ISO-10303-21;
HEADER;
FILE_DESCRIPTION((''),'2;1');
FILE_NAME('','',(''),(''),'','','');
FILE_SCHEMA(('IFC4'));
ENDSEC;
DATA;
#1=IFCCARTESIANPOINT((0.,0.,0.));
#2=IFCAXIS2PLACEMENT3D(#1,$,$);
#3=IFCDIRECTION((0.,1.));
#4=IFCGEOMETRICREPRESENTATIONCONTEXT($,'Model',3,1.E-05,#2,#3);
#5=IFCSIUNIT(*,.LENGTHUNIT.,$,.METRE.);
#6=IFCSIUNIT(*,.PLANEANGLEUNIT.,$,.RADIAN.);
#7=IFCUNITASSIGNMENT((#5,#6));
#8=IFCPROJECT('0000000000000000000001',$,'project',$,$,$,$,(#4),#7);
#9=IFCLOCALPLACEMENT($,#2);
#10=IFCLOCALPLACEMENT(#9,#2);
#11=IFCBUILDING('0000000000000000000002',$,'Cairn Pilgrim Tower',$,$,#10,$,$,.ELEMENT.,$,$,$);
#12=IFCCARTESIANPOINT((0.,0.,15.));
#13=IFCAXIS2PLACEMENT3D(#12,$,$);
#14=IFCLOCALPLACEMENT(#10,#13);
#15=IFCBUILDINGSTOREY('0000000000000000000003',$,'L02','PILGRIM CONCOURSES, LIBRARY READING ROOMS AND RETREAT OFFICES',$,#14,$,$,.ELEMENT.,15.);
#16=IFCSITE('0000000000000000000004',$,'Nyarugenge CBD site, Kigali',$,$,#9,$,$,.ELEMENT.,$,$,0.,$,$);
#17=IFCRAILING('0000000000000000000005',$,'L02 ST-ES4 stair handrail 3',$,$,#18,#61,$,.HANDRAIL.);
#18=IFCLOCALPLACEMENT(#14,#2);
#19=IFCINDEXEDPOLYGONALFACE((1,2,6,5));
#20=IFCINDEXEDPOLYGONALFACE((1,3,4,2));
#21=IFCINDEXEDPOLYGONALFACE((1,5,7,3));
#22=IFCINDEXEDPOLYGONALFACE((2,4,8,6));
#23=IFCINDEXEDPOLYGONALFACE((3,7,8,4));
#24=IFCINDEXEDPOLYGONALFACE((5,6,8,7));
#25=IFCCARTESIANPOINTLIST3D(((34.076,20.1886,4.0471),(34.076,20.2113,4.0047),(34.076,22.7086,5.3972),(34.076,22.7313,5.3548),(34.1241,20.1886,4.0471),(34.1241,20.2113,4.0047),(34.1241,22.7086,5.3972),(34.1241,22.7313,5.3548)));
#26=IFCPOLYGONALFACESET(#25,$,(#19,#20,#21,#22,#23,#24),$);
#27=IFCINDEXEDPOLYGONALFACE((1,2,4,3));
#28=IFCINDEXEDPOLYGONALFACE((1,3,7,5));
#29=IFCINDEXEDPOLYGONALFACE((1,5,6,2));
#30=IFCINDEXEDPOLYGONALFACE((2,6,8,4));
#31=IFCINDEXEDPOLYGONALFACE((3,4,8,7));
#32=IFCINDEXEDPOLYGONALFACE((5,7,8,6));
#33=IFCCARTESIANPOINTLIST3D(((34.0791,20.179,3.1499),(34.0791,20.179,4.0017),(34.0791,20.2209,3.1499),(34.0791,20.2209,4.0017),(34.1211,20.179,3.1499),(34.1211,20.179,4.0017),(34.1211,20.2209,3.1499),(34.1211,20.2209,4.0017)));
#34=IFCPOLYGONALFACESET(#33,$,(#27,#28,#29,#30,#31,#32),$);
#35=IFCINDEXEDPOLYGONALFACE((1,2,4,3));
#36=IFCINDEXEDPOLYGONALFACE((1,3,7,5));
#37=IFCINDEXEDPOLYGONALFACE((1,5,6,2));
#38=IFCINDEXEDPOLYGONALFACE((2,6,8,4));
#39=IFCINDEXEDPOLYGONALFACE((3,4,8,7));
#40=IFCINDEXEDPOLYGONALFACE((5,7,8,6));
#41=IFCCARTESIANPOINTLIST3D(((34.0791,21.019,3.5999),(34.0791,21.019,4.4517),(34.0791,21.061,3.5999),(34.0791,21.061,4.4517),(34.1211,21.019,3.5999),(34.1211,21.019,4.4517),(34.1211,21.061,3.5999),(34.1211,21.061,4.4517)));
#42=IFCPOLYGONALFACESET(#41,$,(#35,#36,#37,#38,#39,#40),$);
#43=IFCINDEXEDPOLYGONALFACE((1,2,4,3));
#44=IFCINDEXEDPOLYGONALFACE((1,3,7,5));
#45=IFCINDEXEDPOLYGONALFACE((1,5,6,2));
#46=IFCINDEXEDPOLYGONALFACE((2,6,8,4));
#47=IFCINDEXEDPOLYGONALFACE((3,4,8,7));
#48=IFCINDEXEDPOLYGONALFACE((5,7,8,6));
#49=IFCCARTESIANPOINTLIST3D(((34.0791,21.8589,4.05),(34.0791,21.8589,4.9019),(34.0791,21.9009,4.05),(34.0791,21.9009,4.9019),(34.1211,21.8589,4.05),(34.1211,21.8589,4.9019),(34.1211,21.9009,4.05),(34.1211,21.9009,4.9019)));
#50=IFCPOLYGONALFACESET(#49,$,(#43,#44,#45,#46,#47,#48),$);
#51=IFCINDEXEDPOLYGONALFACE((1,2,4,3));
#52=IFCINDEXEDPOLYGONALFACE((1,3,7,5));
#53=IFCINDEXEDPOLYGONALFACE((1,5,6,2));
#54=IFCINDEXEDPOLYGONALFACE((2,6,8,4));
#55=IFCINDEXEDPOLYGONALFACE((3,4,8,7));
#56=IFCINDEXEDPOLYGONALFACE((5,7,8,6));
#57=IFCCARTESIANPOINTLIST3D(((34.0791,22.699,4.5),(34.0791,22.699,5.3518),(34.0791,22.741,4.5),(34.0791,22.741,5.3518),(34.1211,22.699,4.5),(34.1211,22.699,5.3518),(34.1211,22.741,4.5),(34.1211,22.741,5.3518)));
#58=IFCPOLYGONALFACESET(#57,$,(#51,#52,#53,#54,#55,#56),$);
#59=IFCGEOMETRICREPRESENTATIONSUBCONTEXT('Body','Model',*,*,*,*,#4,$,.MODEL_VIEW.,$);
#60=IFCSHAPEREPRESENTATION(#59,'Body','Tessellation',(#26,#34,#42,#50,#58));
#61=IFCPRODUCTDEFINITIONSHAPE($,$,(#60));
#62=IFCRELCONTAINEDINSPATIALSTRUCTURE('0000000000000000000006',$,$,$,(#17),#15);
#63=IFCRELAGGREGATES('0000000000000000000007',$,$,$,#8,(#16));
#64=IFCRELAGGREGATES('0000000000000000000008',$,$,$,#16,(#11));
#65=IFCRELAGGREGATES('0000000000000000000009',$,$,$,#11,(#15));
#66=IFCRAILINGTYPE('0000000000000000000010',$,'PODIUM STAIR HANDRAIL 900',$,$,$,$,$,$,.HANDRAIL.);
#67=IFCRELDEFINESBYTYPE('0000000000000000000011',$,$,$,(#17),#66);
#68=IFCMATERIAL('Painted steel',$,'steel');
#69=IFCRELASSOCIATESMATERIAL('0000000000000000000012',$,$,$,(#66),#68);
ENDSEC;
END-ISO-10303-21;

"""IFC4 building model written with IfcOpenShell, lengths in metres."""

from ifc_helpers import new_model, si_unit, direction, frame, origin, origin_2d, place, context, subcontext, project, spatial, rectangle, extrude, material, type_object, element, save


model = new_model("IFC4")

# Units and contexts
model_context = context("Model", 3, precision=1e-05, world=origin(), true_north=direction((0.0, 1.0)))
body_context = subcontext(model_context, "Body", "Model", "MODEL_VIEW")
ifc_project = project(units=[si_unit("LENGTHUNIT", "METRE"), si_unit("PLANEANGLEUNIT", "RADIAN")], contexts=[model_context])

# Site, building, storey
site_placement = place(None, origin())
site = spatial("IfcSite", under=ifc_project, at=site_placement, Name="Nyarugenge CBD site, Kigali", CompositionType="ELEMENT", RefElevation=0.0)
building_placement = place(site_placement, origin())
building = spatial("IfcBuilding", under=site, at=building_placement, Name="Cairn Pilgrim Tower", CompositionType="ELEMENT")
storey_placement = place(building_placement, frame((0.0, 0.0, 15.0)))
storey = spatial("IfcBuildingStorey", under=building, at=storey_placement, Name="L02", Description="PILGRIM CONCOURSES, LIBRARY READING ROOMS AND RETREAT OFFICES", CompositionType="ELEMENT", Elevation=15.0)

# Railing
ifc_material_1 = material(Name="Painted steel", Category="steel")
railing_type_1 = type_object("IfcRailingType", Name="PODIUM STAIR HANDRAIL 900", PredefinedType="HANDRAIL", material=ifc_material_1)
for number, where, name in (
    (1, (34.1001, 20.2, 3.1499), "L02 ST-ES4 stair handrail 3"),
):
    element("IfcRailing", number, at=place(storey_placement, frame(where)), inside=storey, type_object=railing_type_1, Name=name, PredefinedType="HANDRAIL", context=body_context, shape_type="SweptSolid", body=[
        extrude(rectangle(XDim=0.0481, YDim=0.0481, at=origin_2d()), frame((0.0, 0.0, 0.876), z_axis=(0.0, 0.881467, 0.472245), x_axis=(-1.0, 0.0, 0.0)), (0.0, 0.0, 1.0), 2.8589),
        extrude(rectangle(XDim=0.042, YDim=0.042, at=origin_2d()), origin(), (0.0, 0.0, 1.0), 0.8518),
        extrude(rectangle(XDim=0.042, YDim=0.042, at=origin_2d()), frame((0.0, 0.8401, 0.45)), (0.0, 0.0, 1.0), 0.8518),
        extrude(rectangle(XDim=0.042, YDim=0.042, at=origin_2d()), frame((0.0, 1.6799, 0.9001)), (0.0, 0.0, 1.0), 0.8518),
        extrude(rectangle(XDim=0.042, YDim=0.042, at=origin_2d()), frame((0.0, 2.52, 1.3501)), (0.0, 0.0, 1.0), 0.8518),
    ])

save(model, "model.ifc")
